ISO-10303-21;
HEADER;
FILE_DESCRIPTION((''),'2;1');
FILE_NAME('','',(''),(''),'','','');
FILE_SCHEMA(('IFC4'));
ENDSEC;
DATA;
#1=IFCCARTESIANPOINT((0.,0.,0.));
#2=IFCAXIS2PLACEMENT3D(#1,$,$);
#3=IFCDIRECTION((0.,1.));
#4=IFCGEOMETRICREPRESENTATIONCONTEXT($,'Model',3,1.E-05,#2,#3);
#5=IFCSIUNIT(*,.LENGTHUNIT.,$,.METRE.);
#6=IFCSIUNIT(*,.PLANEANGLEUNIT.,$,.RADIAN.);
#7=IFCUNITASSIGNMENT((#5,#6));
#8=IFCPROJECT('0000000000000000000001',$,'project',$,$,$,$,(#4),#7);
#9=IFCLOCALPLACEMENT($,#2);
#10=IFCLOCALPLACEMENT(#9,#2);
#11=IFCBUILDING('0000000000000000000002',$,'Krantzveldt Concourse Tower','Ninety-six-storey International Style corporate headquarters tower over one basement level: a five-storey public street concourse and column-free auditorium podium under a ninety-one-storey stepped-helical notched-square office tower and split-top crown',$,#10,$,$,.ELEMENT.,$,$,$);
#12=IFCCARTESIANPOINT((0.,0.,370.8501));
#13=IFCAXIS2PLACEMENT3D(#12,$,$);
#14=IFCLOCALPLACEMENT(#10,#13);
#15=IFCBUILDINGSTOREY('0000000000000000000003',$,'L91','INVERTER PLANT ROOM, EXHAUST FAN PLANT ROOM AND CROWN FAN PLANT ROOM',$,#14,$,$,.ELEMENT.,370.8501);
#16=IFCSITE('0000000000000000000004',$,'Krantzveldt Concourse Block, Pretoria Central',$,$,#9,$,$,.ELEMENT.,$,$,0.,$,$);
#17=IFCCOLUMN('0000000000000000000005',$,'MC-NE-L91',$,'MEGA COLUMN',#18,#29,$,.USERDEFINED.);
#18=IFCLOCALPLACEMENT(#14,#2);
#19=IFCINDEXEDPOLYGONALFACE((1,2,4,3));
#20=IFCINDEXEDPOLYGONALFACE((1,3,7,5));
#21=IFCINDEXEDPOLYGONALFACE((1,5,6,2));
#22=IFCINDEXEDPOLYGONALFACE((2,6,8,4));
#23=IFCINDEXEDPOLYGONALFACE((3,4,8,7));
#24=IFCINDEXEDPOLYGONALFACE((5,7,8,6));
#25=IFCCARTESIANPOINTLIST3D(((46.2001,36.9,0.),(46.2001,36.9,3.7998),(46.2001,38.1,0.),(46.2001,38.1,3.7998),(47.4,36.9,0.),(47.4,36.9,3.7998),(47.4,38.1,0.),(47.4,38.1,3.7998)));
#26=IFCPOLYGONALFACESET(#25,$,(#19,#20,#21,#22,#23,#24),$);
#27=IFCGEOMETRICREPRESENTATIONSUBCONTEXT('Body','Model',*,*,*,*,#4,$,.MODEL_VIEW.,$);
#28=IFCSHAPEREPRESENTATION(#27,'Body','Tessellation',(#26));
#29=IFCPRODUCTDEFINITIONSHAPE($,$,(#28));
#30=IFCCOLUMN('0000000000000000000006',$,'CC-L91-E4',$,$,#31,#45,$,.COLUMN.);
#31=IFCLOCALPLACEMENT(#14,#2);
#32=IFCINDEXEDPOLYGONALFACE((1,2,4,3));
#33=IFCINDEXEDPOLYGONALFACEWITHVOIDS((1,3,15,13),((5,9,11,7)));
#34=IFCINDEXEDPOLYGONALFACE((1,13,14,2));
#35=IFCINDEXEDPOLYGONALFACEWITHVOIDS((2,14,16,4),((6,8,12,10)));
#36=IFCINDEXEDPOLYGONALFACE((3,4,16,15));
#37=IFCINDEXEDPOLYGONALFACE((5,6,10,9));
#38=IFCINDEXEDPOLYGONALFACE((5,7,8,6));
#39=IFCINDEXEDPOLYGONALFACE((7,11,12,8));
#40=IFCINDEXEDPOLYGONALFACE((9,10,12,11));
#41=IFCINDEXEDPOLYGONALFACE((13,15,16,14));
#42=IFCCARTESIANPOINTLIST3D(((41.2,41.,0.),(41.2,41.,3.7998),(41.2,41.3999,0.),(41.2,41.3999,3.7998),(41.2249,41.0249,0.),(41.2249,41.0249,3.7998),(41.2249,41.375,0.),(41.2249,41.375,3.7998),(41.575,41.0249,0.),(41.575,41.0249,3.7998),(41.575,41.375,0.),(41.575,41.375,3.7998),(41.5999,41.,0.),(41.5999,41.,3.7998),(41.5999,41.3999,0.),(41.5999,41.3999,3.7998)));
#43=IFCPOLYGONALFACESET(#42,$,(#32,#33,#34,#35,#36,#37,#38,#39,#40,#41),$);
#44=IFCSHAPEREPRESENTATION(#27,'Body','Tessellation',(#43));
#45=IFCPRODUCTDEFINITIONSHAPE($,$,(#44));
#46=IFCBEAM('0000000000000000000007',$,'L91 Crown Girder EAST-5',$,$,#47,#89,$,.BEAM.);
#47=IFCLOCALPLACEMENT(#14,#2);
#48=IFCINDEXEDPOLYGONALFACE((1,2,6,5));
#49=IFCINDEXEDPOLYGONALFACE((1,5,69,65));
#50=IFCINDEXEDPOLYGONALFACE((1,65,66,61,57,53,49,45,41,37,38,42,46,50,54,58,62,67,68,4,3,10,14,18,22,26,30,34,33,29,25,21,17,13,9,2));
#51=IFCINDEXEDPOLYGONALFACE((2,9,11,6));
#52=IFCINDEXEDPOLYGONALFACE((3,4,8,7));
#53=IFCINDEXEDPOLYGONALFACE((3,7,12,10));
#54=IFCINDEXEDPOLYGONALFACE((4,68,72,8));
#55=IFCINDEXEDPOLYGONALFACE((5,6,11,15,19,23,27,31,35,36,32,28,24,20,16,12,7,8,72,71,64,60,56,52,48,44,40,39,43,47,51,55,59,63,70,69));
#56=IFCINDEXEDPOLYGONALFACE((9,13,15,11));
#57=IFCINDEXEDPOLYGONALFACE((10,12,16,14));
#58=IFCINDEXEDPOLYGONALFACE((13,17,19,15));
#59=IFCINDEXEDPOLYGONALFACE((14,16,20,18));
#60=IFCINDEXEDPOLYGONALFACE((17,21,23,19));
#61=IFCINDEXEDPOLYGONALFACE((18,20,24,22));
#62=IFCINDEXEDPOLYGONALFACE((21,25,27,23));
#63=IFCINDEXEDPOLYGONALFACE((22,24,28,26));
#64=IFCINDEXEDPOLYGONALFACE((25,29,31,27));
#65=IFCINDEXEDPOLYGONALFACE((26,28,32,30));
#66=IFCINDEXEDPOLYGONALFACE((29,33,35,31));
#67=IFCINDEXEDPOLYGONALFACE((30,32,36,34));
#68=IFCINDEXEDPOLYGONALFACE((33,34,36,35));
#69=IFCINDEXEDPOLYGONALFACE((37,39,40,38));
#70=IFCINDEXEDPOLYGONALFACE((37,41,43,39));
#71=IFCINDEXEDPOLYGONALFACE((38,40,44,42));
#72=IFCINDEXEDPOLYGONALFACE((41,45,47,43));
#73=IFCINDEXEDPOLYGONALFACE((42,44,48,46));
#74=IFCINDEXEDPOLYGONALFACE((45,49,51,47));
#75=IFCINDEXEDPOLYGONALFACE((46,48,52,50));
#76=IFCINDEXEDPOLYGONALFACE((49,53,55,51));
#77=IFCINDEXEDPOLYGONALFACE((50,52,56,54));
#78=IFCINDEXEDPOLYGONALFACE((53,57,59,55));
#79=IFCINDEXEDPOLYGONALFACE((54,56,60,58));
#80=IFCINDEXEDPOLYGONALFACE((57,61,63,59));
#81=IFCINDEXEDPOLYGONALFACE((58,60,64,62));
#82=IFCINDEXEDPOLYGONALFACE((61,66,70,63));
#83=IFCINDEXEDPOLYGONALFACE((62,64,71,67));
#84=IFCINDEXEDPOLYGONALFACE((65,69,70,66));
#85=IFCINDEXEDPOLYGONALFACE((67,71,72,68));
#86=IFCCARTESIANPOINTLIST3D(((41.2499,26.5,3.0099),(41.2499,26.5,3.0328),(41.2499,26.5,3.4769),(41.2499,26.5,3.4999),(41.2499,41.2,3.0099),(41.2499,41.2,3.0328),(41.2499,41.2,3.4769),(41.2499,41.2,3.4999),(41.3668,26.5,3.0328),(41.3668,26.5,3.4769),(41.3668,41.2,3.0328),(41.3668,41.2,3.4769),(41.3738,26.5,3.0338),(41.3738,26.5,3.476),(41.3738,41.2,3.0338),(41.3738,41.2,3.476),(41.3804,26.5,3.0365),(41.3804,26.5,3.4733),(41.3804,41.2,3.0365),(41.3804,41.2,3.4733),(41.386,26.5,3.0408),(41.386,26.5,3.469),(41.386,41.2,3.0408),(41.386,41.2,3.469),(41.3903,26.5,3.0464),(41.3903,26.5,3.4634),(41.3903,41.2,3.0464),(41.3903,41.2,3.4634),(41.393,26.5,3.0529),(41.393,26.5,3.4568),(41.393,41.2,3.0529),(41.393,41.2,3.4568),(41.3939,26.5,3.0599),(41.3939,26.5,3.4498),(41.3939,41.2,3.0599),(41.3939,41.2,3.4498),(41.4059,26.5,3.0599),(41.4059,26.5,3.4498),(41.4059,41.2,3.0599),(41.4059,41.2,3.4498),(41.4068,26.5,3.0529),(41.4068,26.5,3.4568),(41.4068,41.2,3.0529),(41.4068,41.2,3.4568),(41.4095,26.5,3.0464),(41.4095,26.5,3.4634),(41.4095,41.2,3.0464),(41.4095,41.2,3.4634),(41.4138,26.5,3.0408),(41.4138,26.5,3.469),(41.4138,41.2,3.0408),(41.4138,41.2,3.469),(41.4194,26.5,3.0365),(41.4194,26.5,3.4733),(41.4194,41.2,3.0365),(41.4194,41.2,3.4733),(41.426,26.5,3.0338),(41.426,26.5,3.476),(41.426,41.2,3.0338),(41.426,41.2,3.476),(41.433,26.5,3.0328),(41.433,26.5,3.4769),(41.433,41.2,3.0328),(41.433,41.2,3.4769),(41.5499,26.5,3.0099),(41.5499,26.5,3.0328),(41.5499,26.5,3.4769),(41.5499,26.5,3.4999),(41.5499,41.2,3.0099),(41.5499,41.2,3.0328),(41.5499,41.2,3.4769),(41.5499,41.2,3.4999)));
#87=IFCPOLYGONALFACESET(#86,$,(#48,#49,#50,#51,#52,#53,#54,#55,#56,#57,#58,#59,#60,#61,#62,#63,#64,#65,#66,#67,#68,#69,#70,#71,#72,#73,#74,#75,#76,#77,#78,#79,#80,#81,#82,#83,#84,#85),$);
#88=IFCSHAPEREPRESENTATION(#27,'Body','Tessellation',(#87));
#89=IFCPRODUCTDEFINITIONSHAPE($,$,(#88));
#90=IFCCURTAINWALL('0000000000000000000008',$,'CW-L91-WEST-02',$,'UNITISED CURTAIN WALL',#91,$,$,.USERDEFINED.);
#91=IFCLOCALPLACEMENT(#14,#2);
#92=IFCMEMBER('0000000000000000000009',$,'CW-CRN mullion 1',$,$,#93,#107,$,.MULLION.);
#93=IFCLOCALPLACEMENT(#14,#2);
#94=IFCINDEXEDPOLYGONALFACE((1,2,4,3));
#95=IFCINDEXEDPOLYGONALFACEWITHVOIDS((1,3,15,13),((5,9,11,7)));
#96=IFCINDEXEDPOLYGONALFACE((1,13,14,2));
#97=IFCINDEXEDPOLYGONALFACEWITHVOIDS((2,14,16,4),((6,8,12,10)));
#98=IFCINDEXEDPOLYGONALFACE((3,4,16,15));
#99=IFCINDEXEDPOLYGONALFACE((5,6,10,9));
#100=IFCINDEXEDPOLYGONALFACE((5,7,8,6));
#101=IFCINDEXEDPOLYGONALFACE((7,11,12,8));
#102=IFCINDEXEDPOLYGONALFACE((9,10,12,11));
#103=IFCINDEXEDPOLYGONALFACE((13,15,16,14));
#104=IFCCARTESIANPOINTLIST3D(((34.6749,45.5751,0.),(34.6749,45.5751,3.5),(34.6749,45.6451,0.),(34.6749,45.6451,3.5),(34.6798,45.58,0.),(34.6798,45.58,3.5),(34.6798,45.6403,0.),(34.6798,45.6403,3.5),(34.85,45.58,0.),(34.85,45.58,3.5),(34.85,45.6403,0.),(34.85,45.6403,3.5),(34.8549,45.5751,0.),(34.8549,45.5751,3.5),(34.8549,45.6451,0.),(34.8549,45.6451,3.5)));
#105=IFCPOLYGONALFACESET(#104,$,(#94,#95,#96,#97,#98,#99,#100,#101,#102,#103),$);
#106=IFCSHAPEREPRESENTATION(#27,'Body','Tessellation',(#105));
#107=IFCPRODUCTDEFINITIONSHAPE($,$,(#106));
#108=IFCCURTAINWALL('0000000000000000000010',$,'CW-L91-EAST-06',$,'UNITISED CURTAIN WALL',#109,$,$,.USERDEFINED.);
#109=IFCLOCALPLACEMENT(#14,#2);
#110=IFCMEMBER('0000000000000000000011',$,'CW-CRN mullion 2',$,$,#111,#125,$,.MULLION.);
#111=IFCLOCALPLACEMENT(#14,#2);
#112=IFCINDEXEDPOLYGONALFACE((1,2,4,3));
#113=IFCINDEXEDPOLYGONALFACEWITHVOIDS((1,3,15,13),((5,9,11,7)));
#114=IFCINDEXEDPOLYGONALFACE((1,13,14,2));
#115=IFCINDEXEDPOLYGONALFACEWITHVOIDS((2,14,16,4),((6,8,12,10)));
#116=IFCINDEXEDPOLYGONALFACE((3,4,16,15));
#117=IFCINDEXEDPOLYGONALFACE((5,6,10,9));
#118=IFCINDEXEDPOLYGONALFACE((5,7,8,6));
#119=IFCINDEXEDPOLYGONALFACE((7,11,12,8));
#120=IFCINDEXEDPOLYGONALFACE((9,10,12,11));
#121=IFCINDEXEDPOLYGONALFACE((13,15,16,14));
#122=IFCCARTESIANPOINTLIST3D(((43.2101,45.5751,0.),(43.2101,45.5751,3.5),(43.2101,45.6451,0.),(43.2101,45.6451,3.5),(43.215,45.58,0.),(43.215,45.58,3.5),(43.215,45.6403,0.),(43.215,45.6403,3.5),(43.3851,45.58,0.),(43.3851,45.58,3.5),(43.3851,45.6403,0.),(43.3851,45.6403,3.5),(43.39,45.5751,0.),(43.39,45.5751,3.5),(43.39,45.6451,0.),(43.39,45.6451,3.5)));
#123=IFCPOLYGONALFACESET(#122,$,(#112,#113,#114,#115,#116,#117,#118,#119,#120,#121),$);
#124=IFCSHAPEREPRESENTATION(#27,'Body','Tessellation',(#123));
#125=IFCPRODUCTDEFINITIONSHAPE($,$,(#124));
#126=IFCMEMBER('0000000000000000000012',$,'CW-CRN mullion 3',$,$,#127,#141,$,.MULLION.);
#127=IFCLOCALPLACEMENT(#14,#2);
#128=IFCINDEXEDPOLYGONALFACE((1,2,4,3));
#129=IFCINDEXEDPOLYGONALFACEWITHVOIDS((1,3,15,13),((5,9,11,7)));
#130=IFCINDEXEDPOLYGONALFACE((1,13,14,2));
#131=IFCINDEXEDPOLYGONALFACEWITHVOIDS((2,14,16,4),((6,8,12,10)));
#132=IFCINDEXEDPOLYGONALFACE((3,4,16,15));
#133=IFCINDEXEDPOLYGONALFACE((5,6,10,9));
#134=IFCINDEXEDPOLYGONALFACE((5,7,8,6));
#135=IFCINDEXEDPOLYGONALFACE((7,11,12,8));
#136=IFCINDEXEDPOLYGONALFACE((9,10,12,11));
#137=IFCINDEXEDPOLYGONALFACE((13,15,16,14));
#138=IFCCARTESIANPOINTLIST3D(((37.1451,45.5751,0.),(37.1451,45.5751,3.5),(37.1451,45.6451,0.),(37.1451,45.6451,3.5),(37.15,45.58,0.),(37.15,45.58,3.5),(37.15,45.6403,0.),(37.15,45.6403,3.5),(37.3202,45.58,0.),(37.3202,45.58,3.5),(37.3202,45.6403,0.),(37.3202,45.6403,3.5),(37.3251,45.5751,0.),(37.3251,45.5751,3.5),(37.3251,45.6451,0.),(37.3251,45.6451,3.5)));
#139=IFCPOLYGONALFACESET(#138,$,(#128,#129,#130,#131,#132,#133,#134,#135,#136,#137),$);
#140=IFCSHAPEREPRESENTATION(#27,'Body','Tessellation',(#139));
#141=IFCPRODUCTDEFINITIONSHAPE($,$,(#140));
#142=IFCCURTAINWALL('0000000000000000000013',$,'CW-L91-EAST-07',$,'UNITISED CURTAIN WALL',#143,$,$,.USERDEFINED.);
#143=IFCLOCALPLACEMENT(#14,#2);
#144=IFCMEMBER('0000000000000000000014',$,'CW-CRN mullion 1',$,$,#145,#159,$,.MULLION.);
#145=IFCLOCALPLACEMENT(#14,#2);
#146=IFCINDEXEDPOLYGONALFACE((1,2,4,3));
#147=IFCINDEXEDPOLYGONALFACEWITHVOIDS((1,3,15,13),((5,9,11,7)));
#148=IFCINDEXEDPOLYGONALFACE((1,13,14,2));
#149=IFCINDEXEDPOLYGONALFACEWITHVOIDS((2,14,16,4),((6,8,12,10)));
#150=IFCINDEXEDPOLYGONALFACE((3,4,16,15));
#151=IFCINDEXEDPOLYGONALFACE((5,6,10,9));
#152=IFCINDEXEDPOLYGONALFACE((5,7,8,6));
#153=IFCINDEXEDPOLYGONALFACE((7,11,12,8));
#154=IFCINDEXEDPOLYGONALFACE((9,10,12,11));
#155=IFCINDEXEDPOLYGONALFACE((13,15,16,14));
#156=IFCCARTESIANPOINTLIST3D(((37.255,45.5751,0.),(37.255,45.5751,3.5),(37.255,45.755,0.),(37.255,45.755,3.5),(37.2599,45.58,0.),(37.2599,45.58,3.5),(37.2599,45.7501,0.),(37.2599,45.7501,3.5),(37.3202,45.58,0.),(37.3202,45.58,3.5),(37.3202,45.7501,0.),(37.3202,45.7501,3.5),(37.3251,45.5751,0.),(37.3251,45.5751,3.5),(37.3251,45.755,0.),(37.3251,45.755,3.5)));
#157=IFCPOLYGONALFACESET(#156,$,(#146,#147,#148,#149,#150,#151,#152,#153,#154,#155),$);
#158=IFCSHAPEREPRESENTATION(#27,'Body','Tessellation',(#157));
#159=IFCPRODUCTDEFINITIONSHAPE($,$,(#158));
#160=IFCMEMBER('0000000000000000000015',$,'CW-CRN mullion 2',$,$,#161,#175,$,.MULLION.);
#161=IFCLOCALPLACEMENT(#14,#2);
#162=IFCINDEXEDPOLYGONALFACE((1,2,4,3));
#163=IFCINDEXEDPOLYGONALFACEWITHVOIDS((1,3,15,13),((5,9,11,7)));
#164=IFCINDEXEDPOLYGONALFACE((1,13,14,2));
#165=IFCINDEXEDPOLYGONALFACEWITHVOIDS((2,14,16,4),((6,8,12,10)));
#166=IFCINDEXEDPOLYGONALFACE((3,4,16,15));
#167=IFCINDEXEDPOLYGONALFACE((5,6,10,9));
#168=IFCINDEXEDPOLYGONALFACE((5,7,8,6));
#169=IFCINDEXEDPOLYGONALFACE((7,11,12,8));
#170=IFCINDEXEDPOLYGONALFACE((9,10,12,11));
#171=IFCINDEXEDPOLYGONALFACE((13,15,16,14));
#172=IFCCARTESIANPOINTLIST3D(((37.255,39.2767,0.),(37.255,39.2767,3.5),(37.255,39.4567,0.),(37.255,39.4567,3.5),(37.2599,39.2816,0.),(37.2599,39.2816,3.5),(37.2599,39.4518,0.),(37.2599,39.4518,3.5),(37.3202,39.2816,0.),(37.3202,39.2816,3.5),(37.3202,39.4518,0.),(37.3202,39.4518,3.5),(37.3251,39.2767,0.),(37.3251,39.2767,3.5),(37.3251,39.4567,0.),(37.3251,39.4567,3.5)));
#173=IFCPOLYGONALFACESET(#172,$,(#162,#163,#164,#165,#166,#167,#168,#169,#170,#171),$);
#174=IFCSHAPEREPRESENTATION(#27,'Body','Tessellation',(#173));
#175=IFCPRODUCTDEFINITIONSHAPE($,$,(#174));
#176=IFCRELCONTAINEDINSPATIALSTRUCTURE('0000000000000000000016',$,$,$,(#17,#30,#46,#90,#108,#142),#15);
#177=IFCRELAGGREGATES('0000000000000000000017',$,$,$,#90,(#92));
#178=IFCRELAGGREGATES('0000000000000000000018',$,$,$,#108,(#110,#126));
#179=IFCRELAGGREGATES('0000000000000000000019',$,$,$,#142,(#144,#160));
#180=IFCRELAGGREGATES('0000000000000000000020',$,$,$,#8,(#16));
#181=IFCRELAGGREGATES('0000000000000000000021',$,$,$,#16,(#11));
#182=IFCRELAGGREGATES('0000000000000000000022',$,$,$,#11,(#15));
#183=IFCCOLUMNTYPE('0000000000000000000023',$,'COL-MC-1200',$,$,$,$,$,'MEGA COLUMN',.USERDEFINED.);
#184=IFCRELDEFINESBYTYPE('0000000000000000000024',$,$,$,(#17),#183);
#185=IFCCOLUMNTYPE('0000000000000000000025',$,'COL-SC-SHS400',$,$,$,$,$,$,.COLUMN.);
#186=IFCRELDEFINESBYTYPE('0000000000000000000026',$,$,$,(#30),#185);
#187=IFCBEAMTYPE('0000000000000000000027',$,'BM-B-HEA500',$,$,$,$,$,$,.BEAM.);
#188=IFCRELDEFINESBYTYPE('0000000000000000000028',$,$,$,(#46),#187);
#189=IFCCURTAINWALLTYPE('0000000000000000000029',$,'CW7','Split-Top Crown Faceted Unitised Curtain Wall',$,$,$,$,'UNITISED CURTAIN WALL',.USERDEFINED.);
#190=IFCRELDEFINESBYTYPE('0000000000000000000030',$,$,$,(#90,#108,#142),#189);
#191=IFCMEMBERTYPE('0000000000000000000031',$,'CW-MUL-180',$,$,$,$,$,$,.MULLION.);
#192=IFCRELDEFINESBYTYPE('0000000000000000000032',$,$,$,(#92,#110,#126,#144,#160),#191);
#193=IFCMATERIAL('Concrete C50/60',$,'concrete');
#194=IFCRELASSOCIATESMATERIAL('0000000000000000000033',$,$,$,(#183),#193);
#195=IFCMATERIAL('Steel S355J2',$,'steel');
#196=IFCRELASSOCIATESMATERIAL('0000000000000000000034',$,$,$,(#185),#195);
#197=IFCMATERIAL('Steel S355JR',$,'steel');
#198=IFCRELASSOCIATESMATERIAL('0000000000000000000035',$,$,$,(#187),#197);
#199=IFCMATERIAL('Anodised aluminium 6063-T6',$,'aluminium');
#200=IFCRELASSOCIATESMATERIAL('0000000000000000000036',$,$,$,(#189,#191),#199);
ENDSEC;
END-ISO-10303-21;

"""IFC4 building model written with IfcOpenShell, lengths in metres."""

from ifc_helpers import new_model, si_unit, direction, frame, origin, origin_2d, place, context, subcontext, project, spatial, rectangle, hollow_rectangle, i_section, extrude, source, transform, mapped, material, material_profile, profile_set, type_object, type_shapes, element, aggregate, save


model = new_model("IFC4")

# Units and contexts
model_context = context("Model", 3, precision=1e-05, world=origin(), true_north=direction((0.0, 1.0)))
body_context = subcontext(model_context, "Body", "Model", "MODEL_VIEW")
ifc_project = project(units=[si_unit("LENGTHUNIT", "METRE"), si_unit("PLANEANGLEUNIT", "RADIAN")], contexts=[model_context])

# Site, building, storey
site_placement = place(None, origin())
site = spatial("IfcSite", under=ifc_project, at=site_placement, Name="Krantzveldt Concourse Block, Pretoria Central", CompositionType="ELEMENT", RefElevation=0.0)
building_placement = place(site_placement, origin())
building = spatial("IfcBuilding", under=site, at=building_placement, Name="Krantzveldt Concourse Tower", Description="Ninety-six-storey International Style corporate headquarters tower over one basement level: a five-storey public street concourse and column-free auditorium podium under a ninety-one-storey stepped-helical notched-square office tower and split-top crown", CompositionType="ELEMENT")
storey_placement = place(building_placement, frame((0.0, 0.0, 370.8501)))
storey = spatial("IfcBuildingStorey", under=building, at=storey_placement, Name="L91", Description="INVERTER PLANT ROOM, EXHAUST FAN PLANT ROOM AND CROWN FAN PLANT ROOM", CompositionType="ELEMENT", Elevation=370.8501)

# Columns
ifc_material_1 = material(Name="Concrete C50/60", Category="concrete")
ifc_material_profile_1 = material_profile(ifc_material_1, rectangle(XDim=1.2, YDim=1.2, at=origin_2d()), Name="Concrete C50/60", Category="concrete")
ifc_profile_set_1 = profile_set([ifc_material_profile_1], Name="Concrete C50/60 - RC 1200x1200")
column_type_1 = type_object("IfcColumnType", Name="COL-MC-1200", ElementType="MEGA COLUMN", PredefinedType="USERDEFINED", material=ifc_profile_set_1)
shared_shape_1 = source(origin(), body_context, "Body", "SweptSolid", [
    extrude(rectangle(XDim=1.2, YDim=1.2, at=origin_2d()), origin(), (0.0, 0.0, 1.0), 3.7998),
])
type_shapes(column_type_1, [shared_shape_1])
column_1_placement = place(storey_placement, frame((46.8, 37.5, 0.0), z_axis=(0.0, 0.0, 1.0), x_axis=(1.0, 0.0, 0.0)))
element("IfcColumn", 1, at=column_1_placement, inside=storey, type_object=column_type_1, Name="MC-NE-L91", ObjectType="MEGA COLUMN", PredefinedType="USERDEFINED", context=body_context, shape_type="MappedRepresentation", body=[
    mapped(shared_shape_1, transform((0.0, 0.0, 0.0), x_axis=(1.0, 0.0, 0.0), y_axis=(0.0, 1.0, 0.0), z_axis=(0.0, 0.0, 1.0), scale=1.0)),
])
ifc_material_2 = material(Name="Steel S355J2", Category="steel")
ifc_material_profile_2 = material_profile(ifc_material_2, hollow_rectangle(XDim=0.3999, YDim=0.3999, WallThickness=0.0249, at=origin_2d()), Name="Steel S355J2", Category="steel")
ifc_profile_set_2 = profile_set([ifc_material_profile_2], Name="Steel S355J2 - SHS 400x400x25")
column_type_2 = type_object("IfcColumnType", Name="COL-SC-SHS400", PredefinedType="COLUMN", material=ifc_profile_set_2)
shared_shape_2 = source(origin(), body_context, "Body", "SweptSolid", [
    extrude(hollow_rectangle(XDim=0.3999, YDim=0.3999, WallThickness=0.0249, at=origin_2d()), origin(), (0.0, 0.0, 1.0), 3.7998),
])
type_shapes(column_type_2, [shared_shape_2])
column_2_placement = place(storey_placement, frame((41.3999, 41.2, 0.0), z_axis=(0.0, 0.0, 1.0), x_axis=(1.0, 0.0, 0.0)))
element("IfcColumn", 2, at=column_2_placement, inside=storey, type_object=column_type_2, Name="CC-L91-E4", PredefinedType="COLUMN", context=body_context, shape_type="MappedRepresentation", body=[
    mapped(shared_shape_2, transform((0.0, 0.0, 0.0), x_axis=(1.0, 0.0, 0.0), y_axis=(0.0, 1.0, 0.0), z_axis=(0.0, 0.0, 1.0), scale=1.0)),
])

# Beam
ifc_material_3 = material(Name="Steel S355JR", Category="steel")
ifc_material_profile_3 = material_profile(ifc_material_3, i_section(OverallWidth=0.3, OverallDepth=0.49, WebThickness=0.012, FlangeThickness=0.0229, FilletRadius=0.0271, at=origin_2d()), Name="Steel S355JR", Category="steel")
ifc_profile_set_3 = profile_set([ifc_material_profile_3], Name="Steel S355JR - HEA 500")
beam_type = type_object("IfcBeamType", Name="BM-B-HEA500", PredefinedType="BEAM", material=ifc_profile_set_3)
shared_shape_3 = source(origin(), body_context, "Body", "SweptSolid", [
    extrude(i_section(OverallWidth=0.3, OverallDepth=0.49, WebThickness=0.012, FlangeThickness=0.0229, FilletRadius=0.0271, at=origin_2d()), origin(), (0.0, 0.0, 1.0), 14.7),
])
type_shapes(beam_type, [shared_shape_3])
beam_placement = place(storey_placement, frame((41.3999, 41.2, 3.2549), z_axis=(0.0, -1.0, 0.0), x_axis=(1.0, 0.0, 0.0)))
element("IfcBeam", 3, at=beam_placement, inside=storey, type_object=beam_type, Name="L91 Crown Girder EAST-5", PredefinedType="BEAM", context=body_context, shape_type="MappedRepresentation", body=[
    mapped(shared_shape_3, transform((0.0, 0.0, 0.0), x_axis=(1.0, 0.0, 0.0), y_axis=(0.0, 1.0, 0.0), z_axis=(0.0, 0.0, 1.0), scale=1.0)),
])

# Curtain wall, member
ifc_material_4 = material(Name="Anodised aluminium 6063-T6", Category="aluminium")
curtain_wall_type = type_object("IfcCurtainWallType", Name="CW7", Description="Split-Top Crown Faceted Unitised Curtain Wall", ElementType="UNITISED CURTAIN WALL", PredefinedType="USERDEFINED", material=ifc_material_4)
curtain_wall_1_placement = place(storey_placement, origin())
curtain_wall_1 = element("IfcCurtainWall", 4, at=curtain_wall_1_placement, inside=storey, type_object=curtain_wall_type, Name="CW-L91-WEST-02", ObjectType="UNITISED CURTAIN WALL", PredefinedType="USERDEFINED")
ifc_material_profile_4 = material_profile(ifc_material_4, hollow_rectangle(XDim=0.0701, YDim=0.1799, WallThickness=0.0049, at=origin_2d()), Name="Anodised aluminium 6063-T6", Category="aluminium")
ifc_profile_set_4 = profile_set([ifc_material_profile_4], Name="Anodised aluminium 6063-T6 - ALU-MULL 180x70x5")
member_type_1 = type_object("IfcMemberType", Name="CW-MUL-180", PredefinedType="MULLION", material=ifc_profile_set_4)
shared_shape_4 = source(origin(), body_context, "Body", "SweptSolid", [
    extrude(hollow_rectangle(XDim=0.0701, YDim=0.1799, WallThickness=0.0049, at=origin_2d()), origin(), (0.0, 0.0, 1.0), 3.5),
])
type_shapes(member_type_1, [shared_shape_4])
member_1_placement = place(storey_placement, frame((34.7649, 45.6101, 0.0), z_axis=(0.0, 0.0, 1.0), x_axis=(0.0, -1.0, 0.0)))
member_1 = element("IfcMember", 5, at=member_1_placement, type_object=member_type_1, Name="CW-CRN mullion 1", PredefinedType="MULLION", context=body_context, shape_type="MappedRepresentation", body=[
    mapped(shared_shape_4, transform((0.0, 0.0, 0.0), x_axis=(1.0, 0.0, 0.0), y_axis=(0.0, 1.0, 0.0), z_axis=(0.0, 0.0, 1.0), scale=1.0)),
])

# Curtain walls, members
curtain_wall_2_placement = place(storey_placement, origin())
curtain_wall_2 = element("IfcCurtainWall", 6, at=curtain_wall_2_placement, inside=storey, type_object=curtain_wall_type, Name="CW-L91-EAST-06", ObjectType="UNITISED CURTAIN WALL", PredefinedType="USERDEFINED")
member_2_placement = place(storey_placement, frame((43.3, 45.6101, 0.0), z_axis=(0.0, 0.0, 1.0), x_axis=(0.0, -1.0, 0.0)))
member_2 = element("IfcMember", 7, at=member_2_placement, type_object=member_type_1, Name="CW-CRN mullion 2", PredefinedType="MULLION", context=body_context, shape_type="MappedRepresentation", body=[
    mapped(shared_shape_4, transform((0.0, 0.0, 0.0), x_axis=(1.0, 0.0, 0.0), y_axis=(0.0, 1.0, 0.0), z_axis=(0.0, 0.0, 1.0), scale=1.0)),
])
member_3_placement = place(storey_placement, frame((37.2351, 45.6101, 0.0), z_axis=(0.0, 0.0, 1.0), x_axis=(0.0, -1.0, 0.0)))
member_3 = element("IfcMember", 8, at=member_3_placement, type_object=member_type_1, Name="CW-CRN mullion 3", PredefinedType="MULLION", context=body_context, shape_type="MappedRepresentation", body=[
    mapped(shared_shape_4, transform((0.0, 0.0, 0.0), x_axis=(1.0, 0.0, 0.0), y_axis=(0.0, 1.0, 0.0), z_axis=(0.0, 0.0, 1.0), scale=1.0)),
])
curtain_wall_3_placement = place(storey_placement, origin())
curtain_wall_3 = element("IfcCurtainWall", 9, at=curtain_wall_3_placement, inside=storey, type_object=curtain_wall_type, Name="CW-L91-EAST-07", ObjectType="UNITISED CURTAIN WALL", PredefinedType="USERDEFINED")
member_4_placement = place(storey_placement, frame((37.29, 45.665, 0.0), z_axis=(0.0, 0.0, 1.0), x_axis=(1.0, 0.0, 0.0)))
member_4 = element("IfcMember", 10, at=member_4_placement, type_object=member_type_1, Name="CW-CRN mullion 1", PredefinedType="MULLION", context=body_context, shape_type="MappedRepresentation", body=[
    mapped(shared_shape_4, transform((0.0, 0.0, 0.0), x_axis=(1.0, 0.0, 0.0), y_axis=(0.0, 1.0, 0.0), z_axis=(0.0, 0.0, 1.0), scale=1.0)),
])
member_5_placement = place(storey_placement, frame((37.29, 39.3667, 0.0), z_axis=(0.0, 0.0, 1.0), x_axis=(1.0, 0.0, 0.0)))
member_5 = element("IfcMember", 11, at=member_5_placement, type_object=member_type_1, Name="CW-CRN mullion 2", PredefinedType="MULLION", context=body_context, shape_type="MappedRepresentation", body=[
    mapped(shared_shape_4, transform((0.0, 0.0, 0.0), x_axis=(1.0, 0.0, 0.0), y_axis=(0.0, 1.0, 0.0), z_axis=(0.0, 0.0, 1.0), scale=1.0)),
])

aggregate(curtain_wall_1, [member_1])

aggregate(curtain_wall_2, [member_2, member_3])
aggregate(curtain_wall_3, [member_4, member_5])

save(model, "model.ifc")
